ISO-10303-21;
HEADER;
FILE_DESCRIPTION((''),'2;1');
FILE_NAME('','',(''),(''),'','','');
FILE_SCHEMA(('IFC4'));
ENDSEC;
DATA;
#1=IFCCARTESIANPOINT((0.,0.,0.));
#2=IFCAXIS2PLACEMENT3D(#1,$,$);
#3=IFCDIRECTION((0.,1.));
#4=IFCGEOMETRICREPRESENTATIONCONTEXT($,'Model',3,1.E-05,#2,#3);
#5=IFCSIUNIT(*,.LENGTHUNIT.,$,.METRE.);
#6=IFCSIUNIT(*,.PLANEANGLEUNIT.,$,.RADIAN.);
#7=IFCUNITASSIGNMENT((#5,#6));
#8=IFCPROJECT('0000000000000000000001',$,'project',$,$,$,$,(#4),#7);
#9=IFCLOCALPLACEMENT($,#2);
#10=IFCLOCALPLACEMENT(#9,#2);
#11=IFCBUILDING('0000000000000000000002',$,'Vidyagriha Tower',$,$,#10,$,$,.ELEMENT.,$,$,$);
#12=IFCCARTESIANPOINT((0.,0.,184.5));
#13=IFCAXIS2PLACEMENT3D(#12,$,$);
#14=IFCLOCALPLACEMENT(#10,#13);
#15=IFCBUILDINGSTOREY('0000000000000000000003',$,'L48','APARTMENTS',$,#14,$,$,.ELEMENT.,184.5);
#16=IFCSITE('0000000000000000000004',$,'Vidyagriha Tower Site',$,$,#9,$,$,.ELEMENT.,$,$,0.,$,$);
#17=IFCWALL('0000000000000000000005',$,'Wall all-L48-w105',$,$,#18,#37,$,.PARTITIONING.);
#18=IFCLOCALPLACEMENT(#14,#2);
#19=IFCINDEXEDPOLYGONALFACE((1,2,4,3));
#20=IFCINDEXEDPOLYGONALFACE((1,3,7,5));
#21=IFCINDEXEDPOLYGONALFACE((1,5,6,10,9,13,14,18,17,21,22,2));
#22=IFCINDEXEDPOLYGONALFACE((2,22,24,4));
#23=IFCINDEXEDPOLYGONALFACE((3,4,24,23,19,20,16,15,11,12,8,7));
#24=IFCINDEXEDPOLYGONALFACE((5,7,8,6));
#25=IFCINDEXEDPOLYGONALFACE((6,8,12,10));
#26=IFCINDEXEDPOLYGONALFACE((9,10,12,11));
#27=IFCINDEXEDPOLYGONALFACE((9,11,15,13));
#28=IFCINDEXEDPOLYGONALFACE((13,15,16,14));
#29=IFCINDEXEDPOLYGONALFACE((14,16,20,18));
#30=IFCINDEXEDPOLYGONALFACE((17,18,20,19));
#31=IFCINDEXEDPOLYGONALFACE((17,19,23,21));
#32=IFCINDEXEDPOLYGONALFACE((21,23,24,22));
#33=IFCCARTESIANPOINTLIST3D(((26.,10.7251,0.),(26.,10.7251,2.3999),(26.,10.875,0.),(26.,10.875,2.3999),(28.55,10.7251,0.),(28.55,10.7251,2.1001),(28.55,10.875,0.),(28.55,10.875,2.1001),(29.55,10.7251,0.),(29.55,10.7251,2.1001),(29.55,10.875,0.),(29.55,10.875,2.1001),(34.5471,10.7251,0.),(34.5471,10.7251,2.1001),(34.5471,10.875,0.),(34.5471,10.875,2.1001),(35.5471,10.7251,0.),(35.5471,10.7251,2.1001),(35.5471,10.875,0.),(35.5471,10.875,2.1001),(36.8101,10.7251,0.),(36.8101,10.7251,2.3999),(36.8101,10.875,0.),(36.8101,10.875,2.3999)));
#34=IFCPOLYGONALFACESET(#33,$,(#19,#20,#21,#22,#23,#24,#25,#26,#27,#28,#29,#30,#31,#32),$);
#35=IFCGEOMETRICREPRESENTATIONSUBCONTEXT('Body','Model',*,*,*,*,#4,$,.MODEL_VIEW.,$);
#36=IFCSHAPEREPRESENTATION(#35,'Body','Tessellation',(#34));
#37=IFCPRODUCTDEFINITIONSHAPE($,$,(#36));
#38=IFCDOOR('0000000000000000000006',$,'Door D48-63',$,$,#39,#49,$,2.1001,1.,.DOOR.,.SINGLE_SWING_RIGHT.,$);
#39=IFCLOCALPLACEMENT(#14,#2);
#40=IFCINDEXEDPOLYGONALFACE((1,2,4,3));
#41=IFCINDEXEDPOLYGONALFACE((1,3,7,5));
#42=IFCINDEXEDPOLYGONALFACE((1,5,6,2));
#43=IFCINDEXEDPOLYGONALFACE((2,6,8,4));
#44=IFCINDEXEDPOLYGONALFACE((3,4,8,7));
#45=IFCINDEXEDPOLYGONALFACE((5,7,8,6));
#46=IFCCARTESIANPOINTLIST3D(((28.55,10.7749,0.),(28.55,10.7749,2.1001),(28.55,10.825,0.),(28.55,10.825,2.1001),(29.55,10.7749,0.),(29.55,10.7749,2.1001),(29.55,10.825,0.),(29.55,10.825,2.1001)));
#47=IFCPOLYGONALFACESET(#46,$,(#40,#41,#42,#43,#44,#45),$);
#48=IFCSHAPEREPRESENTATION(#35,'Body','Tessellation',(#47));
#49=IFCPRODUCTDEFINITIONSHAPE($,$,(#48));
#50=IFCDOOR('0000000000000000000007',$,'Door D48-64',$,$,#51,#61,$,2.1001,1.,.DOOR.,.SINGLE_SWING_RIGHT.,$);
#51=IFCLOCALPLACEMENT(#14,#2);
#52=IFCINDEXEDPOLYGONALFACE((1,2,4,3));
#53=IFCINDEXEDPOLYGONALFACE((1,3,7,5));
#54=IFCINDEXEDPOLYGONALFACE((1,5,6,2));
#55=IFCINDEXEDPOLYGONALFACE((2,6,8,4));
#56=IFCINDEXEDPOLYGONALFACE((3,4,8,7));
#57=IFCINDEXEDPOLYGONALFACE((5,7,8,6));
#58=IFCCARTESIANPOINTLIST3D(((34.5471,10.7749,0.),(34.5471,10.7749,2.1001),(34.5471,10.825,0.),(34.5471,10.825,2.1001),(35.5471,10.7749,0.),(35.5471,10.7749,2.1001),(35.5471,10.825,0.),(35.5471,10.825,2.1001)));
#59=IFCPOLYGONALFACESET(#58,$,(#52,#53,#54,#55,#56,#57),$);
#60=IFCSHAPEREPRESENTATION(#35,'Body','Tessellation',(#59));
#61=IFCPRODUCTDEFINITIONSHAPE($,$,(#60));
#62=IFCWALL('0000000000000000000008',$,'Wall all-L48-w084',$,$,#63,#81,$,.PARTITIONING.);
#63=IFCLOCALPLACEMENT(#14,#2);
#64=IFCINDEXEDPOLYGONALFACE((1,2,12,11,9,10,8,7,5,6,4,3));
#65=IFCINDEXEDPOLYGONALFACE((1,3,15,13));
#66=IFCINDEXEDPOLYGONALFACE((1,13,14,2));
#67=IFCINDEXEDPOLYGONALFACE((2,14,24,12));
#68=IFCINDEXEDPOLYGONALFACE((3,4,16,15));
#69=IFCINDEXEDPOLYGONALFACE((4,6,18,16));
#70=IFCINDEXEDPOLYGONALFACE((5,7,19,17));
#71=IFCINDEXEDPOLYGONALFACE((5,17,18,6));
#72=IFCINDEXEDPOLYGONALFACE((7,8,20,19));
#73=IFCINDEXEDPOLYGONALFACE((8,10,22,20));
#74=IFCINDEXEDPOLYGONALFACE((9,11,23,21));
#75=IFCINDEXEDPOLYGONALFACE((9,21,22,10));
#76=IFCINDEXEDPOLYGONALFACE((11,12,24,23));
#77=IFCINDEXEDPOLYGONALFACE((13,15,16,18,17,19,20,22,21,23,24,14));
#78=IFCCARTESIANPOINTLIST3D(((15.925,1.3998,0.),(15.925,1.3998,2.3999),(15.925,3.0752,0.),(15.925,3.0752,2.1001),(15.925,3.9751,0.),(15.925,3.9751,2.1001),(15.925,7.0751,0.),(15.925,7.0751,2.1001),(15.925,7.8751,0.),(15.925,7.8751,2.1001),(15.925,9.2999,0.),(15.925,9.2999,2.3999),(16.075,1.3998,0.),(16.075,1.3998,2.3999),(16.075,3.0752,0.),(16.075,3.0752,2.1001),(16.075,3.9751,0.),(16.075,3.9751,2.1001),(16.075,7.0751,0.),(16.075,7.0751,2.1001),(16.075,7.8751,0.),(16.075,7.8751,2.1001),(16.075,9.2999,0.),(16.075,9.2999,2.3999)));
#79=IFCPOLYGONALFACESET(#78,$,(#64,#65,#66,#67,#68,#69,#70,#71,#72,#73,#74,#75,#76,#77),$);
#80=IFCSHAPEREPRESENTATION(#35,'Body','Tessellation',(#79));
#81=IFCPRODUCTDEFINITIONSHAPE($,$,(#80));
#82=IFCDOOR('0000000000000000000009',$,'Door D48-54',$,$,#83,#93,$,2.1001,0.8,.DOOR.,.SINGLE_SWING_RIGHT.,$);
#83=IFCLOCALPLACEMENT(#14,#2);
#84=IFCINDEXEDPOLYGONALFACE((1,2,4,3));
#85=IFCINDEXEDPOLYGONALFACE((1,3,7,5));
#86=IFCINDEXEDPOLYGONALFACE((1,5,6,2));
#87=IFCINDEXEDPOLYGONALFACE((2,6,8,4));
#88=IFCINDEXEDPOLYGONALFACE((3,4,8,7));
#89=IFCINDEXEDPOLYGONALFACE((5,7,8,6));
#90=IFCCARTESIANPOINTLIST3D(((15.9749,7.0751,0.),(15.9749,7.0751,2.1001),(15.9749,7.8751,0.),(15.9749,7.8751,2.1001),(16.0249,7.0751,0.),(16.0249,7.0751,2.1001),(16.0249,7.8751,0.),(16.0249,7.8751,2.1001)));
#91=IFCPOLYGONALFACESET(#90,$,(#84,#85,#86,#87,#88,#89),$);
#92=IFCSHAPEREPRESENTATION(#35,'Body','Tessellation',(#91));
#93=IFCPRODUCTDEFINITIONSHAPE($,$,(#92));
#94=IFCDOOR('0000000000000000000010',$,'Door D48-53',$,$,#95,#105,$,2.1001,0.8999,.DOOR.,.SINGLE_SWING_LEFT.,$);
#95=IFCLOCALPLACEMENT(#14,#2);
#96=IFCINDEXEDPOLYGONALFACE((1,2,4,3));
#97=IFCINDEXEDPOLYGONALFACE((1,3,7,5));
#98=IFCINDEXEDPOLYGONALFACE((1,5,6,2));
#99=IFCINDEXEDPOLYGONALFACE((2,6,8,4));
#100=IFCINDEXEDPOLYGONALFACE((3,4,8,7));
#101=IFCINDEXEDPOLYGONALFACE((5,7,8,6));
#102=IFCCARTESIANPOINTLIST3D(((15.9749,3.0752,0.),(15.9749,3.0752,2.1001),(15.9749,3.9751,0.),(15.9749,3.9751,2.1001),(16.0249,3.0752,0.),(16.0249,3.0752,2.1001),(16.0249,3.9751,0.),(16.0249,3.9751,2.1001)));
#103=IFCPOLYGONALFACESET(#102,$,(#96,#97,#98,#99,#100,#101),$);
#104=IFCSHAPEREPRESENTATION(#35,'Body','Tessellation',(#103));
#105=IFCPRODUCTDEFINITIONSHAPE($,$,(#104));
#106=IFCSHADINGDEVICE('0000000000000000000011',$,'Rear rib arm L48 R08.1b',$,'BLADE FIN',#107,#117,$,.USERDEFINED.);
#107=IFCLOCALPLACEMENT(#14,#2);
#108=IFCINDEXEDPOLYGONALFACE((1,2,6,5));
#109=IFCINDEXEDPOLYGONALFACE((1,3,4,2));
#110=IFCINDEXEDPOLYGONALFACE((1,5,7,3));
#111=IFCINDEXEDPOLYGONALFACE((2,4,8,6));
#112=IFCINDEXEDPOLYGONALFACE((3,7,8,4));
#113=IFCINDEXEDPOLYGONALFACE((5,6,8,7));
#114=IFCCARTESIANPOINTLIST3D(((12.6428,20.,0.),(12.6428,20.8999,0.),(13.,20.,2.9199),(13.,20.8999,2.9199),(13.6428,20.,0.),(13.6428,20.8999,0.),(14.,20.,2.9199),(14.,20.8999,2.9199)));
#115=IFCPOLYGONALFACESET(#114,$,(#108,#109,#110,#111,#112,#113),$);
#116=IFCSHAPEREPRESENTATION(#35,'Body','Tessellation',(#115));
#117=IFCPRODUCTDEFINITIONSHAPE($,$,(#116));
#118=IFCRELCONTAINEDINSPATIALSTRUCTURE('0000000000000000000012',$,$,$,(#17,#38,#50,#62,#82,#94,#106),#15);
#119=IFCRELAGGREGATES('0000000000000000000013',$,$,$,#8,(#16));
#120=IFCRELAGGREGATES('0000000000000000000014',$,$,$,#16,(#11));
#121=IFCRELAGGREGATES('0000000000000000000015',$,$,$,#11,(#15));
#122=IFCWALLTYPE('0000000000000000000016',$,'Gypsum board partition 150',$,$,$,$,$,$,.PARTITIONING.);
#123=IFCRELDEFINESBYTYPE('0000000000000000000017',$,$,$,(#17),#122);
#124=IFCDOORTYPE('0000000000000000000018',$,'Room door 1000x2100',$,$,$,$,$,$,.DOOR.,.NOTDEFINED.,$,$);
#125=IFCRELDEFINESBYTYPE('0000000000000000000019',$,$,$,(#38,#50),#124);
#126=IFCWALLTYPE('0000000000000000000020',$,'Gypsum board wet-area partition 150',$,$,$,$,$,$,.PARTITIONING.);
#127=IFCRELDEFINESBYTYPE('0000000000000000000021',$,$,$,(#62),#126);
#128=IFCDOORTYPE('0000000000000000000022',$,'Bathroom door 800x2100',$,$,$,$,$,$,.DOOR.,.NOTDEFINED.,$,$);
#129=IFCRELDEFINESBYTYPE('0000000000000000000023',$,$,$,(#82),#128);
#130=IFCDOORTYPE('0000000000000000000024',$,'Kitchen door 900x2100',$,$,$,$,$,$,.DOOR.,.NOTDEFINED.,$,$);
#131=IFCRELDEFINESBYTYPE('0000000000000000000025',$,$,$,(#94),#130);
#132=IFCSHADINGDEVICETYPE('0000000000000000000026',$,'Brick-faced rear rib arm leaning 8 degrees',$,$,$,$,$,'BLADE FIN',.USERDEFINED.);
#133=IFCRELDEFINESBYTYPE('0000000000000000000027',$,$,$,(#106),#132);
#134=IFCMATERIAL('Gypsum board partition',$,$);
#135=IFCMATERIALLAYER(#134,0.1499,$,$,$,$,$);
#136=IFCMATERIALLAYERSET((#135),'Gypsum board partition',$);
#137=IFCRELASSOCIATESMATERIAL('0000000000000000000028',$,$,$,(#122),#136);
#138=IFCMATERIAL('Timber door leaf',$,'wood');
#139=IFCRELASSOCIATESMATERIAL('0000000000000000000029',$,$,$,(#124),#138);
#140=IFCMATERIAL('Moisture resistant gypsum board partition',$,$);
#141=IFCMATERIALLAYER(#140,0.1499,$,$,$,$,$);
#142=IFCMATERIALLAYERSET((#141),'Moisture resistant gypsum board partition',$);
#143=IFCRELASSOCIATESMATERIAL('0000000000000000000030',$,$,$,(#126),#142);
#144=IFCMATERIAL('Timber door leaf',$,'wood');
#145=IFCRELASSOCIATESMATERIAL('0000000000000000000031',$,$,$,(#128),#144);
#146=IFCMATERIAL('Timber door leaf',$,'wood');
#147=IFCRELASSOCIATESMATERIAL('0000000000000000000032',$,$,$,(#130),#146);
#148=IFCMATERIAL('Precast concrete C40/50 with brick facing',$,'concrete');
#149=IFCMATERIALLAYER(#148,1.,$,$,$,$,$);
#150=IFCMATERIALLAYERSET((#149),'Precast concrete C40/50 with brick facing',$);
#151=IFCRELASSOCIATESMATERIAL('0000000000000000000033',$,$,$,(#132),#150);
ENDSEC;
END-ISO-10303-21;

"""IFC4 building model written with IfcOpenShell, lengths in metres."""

from ifc_helpers import new_model, si_unit, direction, frame, frame_2d, origin, place, context, subcontext, project, spatial, polyline, rectangle, outline, extrude, material, layer, layer_set, type_object, element, fill, save


model = new_model("IFC4")

# Units and contexts
model_context = context("Model", 3, precision=1e-05, world=origin(), true_north=direction((0.0, 1.0)))
body_context = subcontext(model_context, "Body", "Model", "MODEL_VIEW")
ifc_project = project(units=[si_unit("LENGTHUNIT", "METRE"), si_unit("PLANEANGLEUNIT", "RADIAN")], contexts=[model_context])

# Site, building, storey
site_placement = place(None, origin())
site = spatial("IfcSite", under=ifc_project, at=site_placement, Name="Vidyagriha Tower Site", CompositionType="ELEMENT", RefElevation=0.0)
building_placement = place(site_placement, origin())
building = spatial("IfcBuilding", under=site, at=building_placement, Name="Vidyagriha Tower", CompositionType="ELEMENT")
storey_placement = place(building_placement, frame((0.0, 0.0, 184.5)))
storey = spatial("IfcBuildingStorey", under=building, at=storey_placement, Name="L48", Description="APARTMENTS", CompositionType="ELEMENT", Elevation=184.5)

# Shared definitions
ifc_material_1 = material(Name="Gypsum board partition")
ifc_layer_1 = layer(ifc_material_1, 0.1499)
ifc_layer_set_1 = layer_set([ifc_layer_1], Name="Gypsum board partition")
wall_type_1 = type_object("IfcWallType", Name="Gypsum board partition 150", PredefinedType="PARTITIONING", material=ifc_layer_set_1)

# Shared definitions
ifc_material_2 = material(Name="Timber door leaf", Category="wood")
door_type_1 = type_object("IfcDoorType", Name="Room door 1000x2100", OperationType="NOTDEFINED", PredefinedType="DOOR", material=ifc_material_2)

# Walls, openings, doors
wall_1_placement = place(storey_placement, frame((26.0, 10.8, 0.0)))
wall_1 = element("IfcWall", 1, at=wall_1_placement, inside=storey, type_object=wall_type_1, Name="Wall all-L48-w105", PredefinedType="PARTITIONING", context=body_context, shape_type="SweptSolid", body=[
    extrude(rectangle(XDim=10.8101, YDim=0.1499, at=frame_2d((5.405, 0.0))), origin(), (0.0, 0.0, 1.0), 2.3999),
])
opening_1_placement = place(wall_1_placement, frame((2.55, 0.0, 0.0)))
opening_1 = element("IfcOpeningElement", 2, at=opening_1_placement, cuts=wall_1, PredefinedType="OPENING", context=body_context, shape_type="SweptSolid", body=[
    extrude(rectangle(XDim=1.0, YDim=2.1001, at=frame_2d((0.5, 1.05))), frame((0.0, 0.085, 0.0), z_axis=(0.0, -1.0, 0.0), x_axis=(1.0, 0.0, 0.0)), (0.0, 0.0, 1.0), 0.1699),
])
opening_2_placement = place(wall_1_placement, frame((8.5471, 0.0, 0.0)))
opening_2 = element("IfcOpeningElement", 3, at=opening_2_placement, cuts=wall_1, PredefinedType="OPENING", context=body_context, shape_type="SweptSolid", body=[
    extrude(rectangle(XDim=1.0, YDim=2.1001, at=frame_2d((0.5, 1.05))), frame((0.0, 0.085, 0.0), z_axis=(0.0, -1.0, 0.0), x_axis=(1.0, 0.0, 0.0)), (0.0, 0.0, 1.0), 0.1699),
])
door_1_placement = place(opening_1_placement, origin())
door_1 = element("IfcDoor", 4, at=door_1_placement, inside=storey, type_object=door_type_1, Name="Door D48-63", OperationType="SINGLE_SWING_RIGHT", OverallHeight=2.1001, OverallWidth=1.0, PredefinedType="DOOR", context=body_context, shape_type="SweptSolid", body=[
    extrude(rectangle(XDim=1.0, YDim=2.1001, at=frame_2d((0.5, 1.05))), frame((0.0, 0.0249, 0.0), z_axis=(0.0, -1.0, 0.0), x_axis=(1.0, 0.0, 0.0)), (0.0, 0.0, 1.0), 0.05),
])
fill(opening_1, door_1)
door_2_placement = place(opening_2_placement, origin())
door_2 = element("IfcDoor", 5, at=door_2_placement, inside=storey, type_object=door_type_1, Name="Door D48-64", OperationType="SINGLE_SWING_RIGHT", OverallHeight=2.1001, OverallWidth=1.0, PredefinedType="DOOR", context=body_context, shape_type="SweptSolid", body=[
    extrude(rectangle(XDim=1.0, YDim=2.1001, at=frame_2d((0.5, 1.05))), frame((0.0, 0.0249, 0.0), z_axis=(0.0, -1.0, 0.0), x_axis=(1.0, 0.0, 0.0)), (0.0, 0.0, 1.0), 0.05),
])
fill(opening_2, door_2)
ifc_material_3 = material(Name="Moisture resistant gypsum board partition")
ifc_layer_2 = layer(ifc_material_3, 0.1499)
ifc_layer_set_2 = layer_set([ifc_layer_2], Name="Moisture resistant gypsum board partition")
wall_type_2 = type_object("IfcWallType", Name="Gypsum board wet-area partition 150", PredefinedType="PARTITIONING", material=ifc_layer_set_2)
wall_2_placement = place(storey_placement, frame((16.0, 9.3, 0.0), z_axis=(0.0, 0.0, 1.0), x_axis=(0.0, -1.0, 0.0)))
wall_2 = element("IfcWall", 6, at=wall_2_placement, inside=storey, type_object=wall_type_2, Name="Wall all-L48-w084", PredefinedType="PARTITIONING", context=body_context, shape_type="SweptSolid", body=[
    extrude(rectangle(XDim=7.9001, YDim=0.1499, at=frame_2d((3.9502, 0.0))), origin(), (0.0, 0.0, 1.0), 2.3999),
])
opening_3_placement = place(wall_2_placement, frame((5.325, 0.0, 0.0)))
opening_3 = element("IfcOpeningElement", 7, at=opening_3_placement, cuts=wall_2, PredefinedType="OPENING", context=body_context, shape_type="SweptSolid", body=[
    extrude(rectangle(XDim=0.8999, YDim=2.1001, at=frame_2d((0.45, 1.05))), frame((0.0, 0.085, 0.0), z_axis=(0.0, -1.0, 0.0), x_axis=(1.0, 0.0, 0.0)), (0.0, 0.0, 1.0), 0.1699),
])
opening_4_placement = place(wall_2_placement, frame((1.425, 0.0, 0.0)))
opening_4 = element("IfcOpeningElement", 8, at=opening_4_placement, cuts=wall_2, PredefinedType="OPENING", context=body_context, shape_type="SweptSolid", body=[
    extrude(rectangle(XDim=0.8, YDim=2.1001, at=frame_2d((0.3999, 1.05))), frame((0.0, 0.085, 0.0), z_axis=(0.0, -1.0, 0.0), x_axis=(1.0, 0.0, 0.0)), (0.0, 0.0, 1.0), 0.1699),
])
ifc_material_4 = material(Name="Timber door leaf", Category="wood")
door_type_2 = type_object("IfcDoorType", Name="Bathroom door 800x2100", OperationType="NOTDEFINED", PredefinedType="DOOR", material=ifc_material_4)
door_3_placement = place(opening_4_placement, origin())
door_3 = element("IfcDoor", 9, at=door_3_placement, inside=storey, type_object=door_type_2, Name="Door D48-54", OperationType="SINGLE_SWING_RIGHT", OverallHeight=2.1001, OverallWidth=0.8, PredefinedType="DOOR", context=body_context, shape_type="SweptSolid", body=[
    extrude(rectangle(XDim=0.8, YDim=2.1001, at=frame_2d((0.3999, 1.05))), frame((0.0, 0.0249, 0.0), z_axis=(0.0, -1.0, 0.0), x_axis=(1.0, 0.0, 0.0)), (0.0, 0.0, 1.0), 0.05),
])
fill(opening_4, door_3)
ifc_material_5 = material(Name="Timber door leaf", Category="wood")
door_type_3 = type_object("IfcDoorType", Name="Kitchen door 900x2100", OperationType="NOTDEFINED", PredefinedType="DOOR", material=ifc_material_5)
door_4_placement = place(opening_3_placement, origin())
door_4 = element("IfcDoor", 10, at=door_4_placement, inside=storey, type_object=door_type_3, Name="Door D48-53", OperationType="SINGLE_SWING_LEFT", OverallHeight=2.1001, OverallWidth=0.8999, PredefinedType="DOOR", context=body_context, shape_type="SweptSolid", body=[
    extrude(rectangle(XDim=0.8999, YDim=2.1001, at=frame_2d((0.45, 1.05))), frame((0.0, 0.0249, 0.0), z_axis=(0.0, -1.0, 0.0), x_axis=(1.0, 0.0, 0.0)), (0.0, 0.0, 1.0), 0.05),
])
fill(opening_3, door_4)

# Shading device
ifc_material_6 = material(Name="Precast concrete C40/50 with brick facing", Category="concrete")
ifc_layer_3 = layer(ifc_material_6, 1.0)
ifc_layer_set_3 = layer_set([ifc_layer_3], Name="Precast concrete C40/50 with brick facing")
shading_device_type = type_object("IfcShadingDeviceType", Name="Brick-faced rear rib arm leaning 8 degrees", ElementType="BLADE FIN", PredefinedType="USERDEFINED", material=ifc_layer_set_3)
shading_device_placement = place(storey_placement, frame((14.0, 20.45, 0.0), z_axis=(0.0, 0.0, 1.0), x_axis=(-1.0, 0.0, 0.0)))
element("IfcShadingDevice", 11, at=shading_device_placement, inside=storey, type_object=shading_device_type, Name="Rear rib arm L48 R08.1b", ObjectType="BLADE FIN", PredefinedType="USERDEFINED", context=body_context, shape_type="SweptSolid", body=[
    extrude(outline(polyline([(0.3572, 0.0), (1.3572, 0.0), (1.0, 2.9199), (0.0, 2.9199), (0.3572, 0.0)])), frame((0.0, 0.45, 0.0), z_axis=(0.0, -1.0, 0.0), x_axis=(1.0, 0.0, 0.0)), (0.0, 0.0, 1.0), 0.8999),
])

save(model, "model.ifc")
